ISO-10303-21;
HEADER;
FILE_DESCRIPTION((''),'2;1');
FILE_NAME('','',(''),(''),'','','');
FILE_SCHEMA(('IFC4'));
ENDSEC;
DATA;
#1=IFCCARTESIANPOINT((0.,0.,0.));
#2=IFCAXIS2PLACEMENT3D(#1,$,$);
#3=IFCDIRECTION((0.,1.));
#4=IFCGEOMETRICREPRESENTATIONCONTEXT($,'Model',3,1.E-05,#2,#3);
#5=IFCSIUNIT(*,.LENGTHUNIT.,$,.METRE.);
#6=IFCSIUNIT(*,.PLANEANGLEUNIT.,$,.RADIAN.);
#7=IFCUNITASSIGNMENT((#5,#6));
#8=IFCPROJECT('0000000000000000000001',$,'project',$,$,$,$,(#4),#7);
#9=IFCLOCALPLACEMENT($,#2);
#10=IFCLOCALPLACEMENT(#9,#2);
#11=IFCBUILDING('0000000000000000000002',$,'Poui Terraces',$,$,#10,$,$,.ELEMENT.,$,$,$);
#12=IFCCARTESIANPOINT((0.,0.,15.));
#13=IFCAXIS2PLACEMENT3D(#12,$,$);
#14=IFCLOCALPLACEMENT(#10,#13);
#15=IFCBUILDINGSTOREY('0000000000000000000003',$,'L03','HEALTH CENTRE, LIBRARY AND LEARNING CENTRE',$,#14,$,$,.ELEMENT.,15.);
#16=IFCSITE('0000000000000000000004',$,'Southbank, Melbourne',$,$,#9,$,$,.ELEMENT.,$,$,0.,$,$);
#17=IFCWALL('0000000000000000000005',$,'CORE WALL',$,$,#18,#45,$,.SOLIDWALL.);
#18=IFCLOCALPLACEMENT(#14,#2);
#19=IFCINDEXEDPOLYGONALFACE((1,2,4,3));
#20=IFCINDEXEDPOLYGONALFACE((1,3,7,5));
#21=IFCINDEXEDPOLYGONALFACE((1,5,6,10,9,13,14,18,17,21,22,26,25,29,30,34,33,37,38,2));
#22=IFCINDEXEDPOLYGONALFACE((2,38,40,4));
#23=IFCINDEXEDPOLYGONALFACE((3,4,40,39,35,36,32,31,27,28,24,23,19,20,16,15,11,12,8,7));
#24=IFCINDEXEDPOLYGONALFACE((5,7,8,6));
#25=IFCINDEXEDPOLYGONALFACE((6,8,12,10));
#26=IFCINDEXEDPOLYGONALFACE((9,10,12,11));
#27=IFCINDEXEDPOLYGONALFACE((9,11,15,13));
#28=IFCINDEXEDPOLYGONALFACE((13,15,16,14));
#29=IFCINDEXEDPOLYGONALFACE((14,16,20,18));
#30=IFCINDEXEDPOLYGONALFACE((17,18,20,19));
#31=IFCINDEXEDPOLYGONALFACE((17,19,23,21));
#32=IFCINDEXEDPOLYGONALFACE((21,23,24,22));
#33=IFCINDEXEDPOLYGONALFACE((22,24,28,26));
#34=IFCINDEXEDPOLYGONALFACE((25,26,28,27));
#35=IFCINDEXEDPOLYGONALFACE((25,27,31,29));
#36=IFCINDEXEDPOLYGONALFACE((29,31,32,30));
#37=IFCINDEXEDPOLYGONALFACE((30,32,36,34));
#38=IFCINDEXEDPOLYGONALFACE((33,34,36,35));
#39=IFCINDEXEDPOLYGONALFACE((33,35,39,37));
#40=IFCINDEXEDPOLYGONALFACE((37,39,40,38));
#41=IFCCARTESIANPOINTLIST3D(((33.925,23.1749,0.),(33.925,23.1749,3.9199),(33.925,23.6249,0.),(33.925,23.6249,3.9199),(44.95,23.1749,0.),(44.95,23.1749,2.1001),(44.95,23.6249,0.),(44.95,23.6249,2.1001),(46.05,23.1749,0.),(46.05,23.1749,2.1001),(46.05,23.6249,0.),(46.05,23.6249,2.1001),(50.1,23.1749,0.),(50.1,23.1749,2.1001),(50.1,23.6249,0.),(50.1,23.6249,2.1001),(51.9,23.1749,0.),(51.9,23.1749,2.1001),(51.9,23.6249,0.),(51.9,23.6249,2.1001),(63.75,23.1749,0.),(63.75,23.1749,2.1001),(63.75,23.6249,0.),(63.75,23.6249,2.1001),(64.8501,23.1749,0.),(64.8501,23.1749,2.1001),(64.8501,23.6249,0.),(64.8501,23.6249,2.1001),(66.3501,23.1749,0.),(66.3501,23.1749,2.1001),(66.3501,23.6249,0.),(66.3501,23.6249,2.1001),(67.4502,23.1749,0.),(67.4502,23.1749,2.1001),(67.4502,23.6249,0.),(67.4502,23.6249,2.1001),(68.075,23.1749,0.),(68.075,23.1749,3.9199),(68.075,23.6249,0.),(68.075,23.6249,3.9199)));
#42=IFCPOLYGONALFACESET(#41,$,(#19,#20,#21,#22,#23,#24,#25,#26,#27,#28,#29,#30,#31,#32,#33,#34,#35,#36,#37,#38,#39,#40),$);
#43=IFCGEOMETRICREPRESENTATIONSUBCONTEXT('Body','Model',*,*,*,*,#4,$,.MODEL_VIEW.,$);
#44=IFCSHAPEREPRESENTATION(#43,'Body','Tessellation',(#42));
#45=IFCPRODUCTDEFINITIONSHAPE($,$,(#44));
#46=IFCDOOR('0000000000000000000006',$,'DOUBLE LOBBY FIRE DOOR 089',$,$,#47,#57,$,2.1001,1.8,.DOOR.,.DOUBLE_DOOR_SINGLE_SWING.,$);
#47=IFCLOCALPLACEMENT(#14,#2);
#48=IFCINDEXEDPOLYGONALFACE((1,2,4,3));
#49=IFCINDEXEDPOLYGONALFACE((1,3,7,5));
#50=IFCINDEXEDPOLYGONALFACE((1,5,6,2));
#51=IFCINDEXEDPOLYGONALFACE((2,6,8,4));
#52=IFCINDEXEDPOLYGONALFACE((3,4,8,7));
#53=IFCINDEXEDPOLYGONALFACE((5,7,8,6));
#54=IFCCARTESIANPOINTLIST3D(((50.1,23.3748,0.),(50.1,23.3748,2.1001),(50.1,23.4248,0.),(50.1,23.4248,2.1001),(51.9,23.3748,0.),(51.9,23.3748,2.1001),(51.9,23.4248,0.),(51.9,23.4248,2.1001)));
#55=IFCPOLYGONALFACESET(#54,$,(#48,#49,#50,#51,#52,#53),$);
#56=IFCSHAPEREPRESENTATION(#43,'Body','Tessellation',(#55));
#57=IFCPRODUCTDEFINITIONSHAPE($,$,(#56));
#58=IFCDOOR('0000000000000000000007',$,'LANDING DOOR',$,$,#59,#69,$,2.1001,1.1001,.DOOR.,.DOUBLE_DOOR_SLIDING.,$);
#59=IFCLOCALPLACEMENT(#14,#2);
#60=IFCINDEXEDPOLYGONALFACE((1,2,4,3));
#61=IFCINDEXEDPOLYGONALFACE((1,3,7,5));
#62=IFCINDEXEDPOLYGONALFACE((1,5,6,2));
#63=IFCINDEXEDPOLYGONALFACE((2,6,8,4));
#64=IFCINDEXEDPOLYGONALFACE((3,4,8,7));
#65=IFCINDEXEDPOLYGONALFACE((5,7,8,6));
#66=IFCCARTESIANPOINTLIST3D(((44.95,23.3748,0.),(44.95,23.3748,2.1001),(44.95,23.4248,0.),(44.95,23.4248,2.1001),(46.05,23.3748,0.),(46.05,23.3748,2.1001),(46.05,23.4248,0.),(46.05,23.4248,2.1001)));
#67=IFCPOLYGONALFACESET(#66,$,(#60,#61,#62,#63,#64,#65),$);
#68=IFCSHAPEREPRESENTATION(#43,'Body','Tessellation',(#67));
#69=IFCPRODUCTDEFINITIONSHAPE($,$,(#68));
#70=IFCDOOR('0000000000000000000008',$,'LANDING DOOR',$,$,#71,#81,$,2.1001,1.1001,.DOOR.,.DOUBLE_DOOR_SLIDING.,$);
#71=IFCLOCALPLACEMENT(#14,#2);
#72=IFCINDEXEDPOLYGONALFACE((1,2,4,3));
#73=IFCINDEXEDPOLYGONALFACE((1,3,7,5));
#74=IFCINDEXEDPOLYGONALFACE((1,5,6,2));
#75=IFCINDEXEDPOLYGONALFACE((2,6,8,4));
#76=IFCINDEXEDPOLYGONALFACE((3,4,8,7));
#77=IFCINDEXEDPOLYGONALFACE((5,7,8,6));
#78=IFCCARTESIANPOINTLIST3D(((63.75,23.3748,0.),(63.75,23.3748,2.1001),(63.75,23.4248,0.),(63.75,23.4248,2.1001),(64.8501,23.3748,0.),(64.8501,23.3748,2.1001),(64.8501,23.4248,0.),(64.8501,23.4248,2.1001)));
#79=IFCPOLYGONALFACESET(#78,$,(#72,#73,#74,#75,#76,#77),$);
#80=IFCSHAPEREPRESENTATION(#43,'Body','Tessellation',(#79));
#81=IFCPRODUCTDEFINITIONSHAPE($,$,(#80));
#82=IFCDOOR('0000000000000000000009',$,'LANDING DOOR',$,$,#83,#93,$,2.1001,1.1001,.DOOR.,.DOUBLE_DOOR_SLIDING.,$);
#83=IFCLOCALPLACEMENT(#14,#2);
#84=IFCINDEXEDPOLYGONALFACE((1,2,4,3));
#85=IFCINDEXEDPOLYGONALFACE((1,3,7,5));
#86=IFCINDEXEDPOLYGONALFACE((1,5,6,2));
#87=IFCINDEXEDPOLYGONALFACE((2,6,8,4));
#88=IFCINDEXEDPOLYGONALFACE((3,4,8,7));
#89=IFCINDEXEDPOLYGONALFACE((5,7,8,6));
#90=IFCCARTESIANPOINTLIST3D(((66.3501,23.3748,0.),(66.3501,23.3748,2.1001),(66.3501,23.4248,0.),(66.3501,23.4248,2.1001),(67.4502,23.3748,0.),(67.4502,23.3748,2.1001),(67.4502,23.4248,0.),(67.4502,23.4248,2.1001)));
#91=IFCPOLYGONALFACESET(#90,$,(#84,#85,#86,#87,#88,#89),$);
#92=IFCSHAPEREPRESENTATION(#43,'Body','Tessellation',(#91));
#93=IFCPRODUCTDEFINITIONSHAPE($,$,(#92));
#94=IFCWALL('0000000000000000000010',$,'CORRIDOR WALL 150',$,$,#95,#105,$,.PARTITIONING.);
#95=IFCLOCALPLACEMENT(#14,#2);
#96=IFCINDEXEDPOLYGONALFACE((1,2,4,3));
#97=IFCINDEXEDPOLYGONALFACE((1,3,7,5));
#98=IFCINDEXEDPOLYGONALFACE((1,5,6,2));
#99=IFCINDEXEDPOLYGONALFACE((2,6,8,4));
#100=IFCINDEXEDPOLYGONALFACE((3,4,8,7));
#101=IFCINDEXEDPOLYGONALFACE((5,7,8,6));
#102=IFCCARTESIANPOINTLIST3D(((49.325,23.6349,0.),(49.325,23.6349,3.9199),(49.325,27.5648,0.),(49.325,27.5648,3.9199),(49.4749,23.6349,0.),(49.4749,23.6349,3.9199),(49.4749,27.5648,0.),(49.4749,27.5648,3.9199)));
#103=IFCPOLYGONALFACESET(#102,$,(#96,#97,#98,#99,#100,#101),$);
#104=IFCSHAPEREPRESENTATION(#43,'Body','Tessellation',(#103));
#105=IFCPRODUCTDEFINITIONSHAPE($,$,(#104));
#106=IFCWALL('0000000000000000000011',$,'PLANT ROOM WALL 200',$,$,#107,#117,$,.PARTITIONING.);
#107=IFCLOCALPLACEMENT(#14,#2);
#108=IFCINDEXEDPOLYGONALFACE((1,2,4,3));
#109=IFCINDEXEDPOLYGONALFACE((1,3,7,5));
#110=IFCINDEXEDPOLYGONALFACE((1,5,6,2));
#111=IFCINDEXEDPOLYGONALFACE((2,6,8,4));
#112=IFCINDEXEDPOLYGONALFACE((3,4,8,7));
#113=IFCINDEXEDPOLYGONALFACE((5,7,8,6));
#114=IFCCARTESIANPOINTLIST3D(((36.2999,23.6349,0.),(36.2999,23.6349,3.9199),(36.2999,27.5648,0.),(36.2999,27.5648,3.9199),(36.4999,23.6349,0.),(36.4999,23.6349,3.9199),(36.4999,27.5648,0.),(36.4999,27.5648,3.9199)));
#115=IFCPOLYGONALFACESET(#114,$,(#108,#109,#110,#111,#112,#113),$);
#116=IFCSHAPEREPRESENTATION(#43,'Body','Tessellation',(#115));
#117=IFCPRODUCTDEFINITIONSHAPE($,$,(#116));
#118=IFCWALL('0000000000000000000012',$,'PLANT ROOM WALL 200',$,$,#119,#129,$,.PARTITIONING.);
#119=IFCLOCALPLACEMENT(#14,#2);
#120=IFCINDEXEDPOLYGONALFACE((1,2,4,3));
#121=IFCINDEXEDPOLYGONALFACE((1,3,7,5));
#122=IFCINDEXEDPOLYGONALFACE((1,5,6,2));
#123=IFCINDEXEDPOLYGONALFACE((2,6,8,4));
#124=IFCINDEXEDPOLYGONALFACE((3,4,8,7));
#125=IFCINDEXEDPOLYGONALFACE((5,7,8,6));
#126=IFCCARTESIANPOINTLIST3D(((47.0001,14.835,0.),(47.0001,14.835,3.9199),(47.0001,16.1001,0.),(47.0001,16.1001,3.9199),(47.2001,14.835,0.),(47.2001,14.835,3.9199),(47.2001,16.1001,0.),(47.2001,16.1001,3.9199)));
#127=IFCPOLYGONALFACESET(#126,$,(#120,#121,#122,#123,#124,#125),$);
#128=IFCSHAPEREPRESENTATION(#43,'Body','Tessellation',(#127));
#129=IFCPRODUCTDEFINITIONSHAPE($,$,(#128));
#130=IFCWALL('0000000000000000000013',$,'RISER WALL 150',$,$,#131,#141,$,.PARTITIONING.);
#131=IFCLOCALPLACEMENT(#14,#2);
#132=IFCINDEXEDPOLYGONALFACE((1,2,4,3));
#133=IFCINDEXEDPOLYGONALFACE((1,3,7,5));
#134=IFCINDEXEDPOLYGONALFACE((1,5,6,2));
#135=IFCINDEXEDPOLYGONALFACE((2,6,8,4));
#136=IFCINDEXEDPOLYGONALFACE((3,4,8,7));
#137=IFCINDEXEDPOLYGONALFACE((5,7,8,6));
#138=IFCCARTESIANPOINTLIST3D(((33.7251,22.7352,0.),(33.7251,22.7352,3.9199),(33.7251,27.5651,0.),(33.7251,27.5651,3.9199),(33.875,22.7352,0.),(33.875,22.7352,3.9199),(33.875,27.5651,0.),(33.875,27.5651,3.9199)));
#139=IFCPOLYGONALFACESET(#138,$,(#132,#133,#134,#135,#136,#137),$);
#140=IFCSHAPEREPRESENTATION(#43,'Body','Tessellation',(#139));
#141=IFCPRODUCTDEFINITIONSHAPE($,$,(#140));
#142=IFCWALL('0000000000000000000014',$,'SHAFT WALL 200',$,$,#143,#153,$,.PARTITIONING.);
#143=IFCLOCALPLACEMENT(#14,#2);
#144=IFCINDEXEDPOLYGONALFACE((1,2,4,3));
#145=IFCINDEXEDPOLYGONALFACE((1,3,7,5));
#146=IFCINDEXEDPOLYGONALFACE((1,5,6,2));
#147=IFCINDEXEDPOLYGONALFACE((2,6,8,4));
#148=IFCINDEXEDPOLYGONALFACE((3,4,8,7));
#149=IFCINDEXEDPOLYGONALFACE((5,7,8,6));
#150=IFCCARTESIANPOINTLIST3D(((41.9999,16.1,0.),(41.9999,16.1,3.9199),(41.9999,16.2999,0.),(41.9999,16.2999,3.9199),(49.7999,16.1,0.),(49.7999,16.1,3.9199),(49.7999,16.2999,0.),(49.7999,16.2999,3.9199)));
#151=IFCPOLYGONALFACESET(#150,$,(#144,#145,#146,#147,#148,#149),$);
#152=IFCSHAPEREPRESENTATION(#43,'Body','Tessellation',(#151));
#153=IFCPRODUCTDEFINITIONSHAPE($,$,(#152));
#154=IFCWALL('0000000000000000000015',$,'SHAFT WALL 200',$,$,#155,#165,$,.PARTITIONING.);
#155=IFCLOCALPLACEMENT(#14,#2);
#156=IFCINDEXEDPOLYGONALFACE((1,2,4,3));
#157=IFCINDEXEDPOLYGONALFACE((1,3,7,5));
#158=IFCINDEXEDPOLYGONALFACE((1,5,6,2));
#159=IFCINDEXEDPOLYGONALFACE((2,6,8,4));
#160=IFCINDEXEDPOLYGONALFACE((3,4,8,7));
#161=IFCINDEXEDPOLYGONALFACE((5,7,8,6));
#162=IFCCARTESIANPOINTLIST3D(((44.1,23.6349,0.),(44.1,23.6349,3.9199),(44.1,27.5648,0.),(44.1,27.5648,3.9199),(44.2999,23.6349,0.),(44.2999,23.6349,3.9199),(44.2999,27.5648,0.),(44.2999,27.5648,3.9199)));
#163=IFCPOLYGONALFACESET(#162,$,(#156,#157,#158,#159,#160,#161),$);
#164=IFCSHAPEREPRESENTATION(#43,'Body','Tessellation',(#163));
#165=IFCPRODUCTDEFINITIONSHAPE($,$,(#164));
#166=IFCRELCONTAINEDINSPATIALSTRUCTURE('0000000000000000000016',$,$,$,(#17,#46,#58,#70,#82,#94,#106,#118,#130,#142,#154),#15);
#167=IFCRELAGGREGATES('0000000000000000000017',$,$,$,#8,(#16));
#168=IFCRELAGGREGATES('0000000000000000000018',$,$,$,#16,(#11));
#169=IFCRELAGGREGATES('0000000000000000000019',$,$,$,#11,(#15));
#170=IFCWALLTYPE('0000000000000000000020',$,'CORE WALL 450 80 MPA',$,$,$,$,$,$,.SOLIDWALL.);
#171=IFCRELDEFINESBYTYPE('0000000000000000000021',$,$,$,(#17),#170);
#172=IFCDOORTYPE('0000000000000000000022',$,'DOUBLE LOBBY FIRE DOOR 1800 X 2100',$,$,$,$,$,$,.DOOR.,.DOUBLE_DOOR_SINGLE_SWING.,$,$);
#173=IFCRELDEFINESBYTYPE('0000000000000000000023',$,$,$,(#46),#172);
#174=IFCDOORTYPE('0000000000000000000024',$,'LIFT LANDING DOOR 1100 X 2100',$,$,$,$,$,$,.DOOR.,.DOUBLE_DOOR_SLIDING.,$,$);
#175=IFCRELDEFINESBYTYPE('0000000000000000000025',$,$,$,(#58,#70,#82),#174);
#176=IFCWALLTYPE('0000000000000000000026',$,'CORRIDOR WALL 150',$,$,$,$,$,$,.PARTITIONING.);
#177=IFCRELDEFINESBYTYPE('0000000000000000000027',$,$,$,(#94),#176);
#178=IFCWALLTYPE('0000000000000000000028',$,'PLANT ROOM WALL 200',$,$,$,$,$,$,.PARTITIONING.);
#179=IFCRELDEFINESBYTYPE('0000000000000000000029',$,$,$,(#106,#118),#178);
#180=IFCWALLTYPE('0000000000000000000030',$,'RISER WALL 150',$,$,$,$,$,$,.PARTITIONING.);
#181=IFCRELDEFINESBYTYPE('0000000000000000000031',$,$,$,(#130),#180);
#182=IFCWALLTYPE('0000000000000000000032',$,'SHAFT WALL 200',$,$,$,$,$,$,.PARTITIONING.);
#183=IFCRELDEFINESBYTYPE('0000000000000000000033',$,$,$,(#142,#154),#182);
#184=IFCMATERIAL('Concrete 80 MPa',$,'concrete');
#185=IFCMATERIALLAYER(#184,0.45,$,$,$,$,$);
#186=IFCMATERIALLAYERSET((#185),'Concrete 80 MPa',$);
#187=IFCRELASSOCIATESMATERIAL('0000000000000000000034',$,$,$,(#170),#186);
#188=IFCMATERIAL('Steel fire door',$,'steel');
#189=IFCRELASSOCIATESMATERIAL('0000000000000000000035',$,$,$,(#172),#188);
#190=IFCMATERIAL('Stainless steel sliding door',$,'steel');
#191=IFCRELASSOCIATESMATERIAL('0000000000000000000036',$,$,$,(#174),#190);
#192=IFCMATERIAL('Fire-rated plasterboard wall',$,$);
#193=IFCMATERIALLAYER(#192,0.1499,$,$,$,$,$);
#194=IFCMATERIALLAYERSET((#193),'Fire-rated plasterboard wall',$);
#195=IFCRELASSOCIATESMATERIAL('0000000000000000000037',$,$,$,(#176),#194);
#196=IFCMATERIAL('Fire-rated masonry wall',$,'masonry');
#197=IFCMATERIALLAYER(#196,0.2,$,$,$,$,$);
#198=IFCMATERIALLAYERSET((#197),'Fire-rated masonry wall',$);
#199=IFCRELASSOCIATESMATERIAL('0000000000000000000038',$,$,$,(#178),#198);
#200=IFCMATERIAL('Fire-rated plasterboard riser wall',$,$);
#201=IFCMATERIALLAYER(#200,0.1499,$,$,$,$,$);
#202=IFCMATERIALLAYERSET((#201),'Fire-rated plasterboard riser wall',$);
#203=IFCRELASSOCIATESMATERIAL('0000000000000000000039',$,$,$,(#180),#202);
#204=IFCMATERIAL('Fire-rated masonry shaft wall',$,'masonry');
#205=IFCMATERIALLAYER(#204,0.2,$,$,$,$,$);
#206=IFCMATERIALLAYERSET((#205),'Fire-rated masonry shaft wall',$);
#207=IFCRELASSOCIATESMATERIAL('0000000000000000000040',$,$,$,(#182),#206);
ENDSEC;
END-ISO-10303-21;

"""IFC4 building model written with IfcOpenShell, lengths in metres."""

from ifc_helpers import new_model, si_unit, direction, frame, frame_2d, origin, place, context, subcontext, project, spatial, rectangle, extrude, material, layer, layer_set, type_object, element, fill, save


model = new_model("IFC4")

# Units and contexts
model_context = context("Model", 3, precision=1e-05, world=origin(), true_north=direction((0.0, 1.0)))
body_context = subcontext(model_context, "Body", "Model", "MODEL_VIEW")
ifc_project = project(units=[si_unit("LENGTHUNIT", "METRE"), si_unit("PLANEANGLEUNIT", "RADIAN")], contexts=[model_context])

# Site, building, storey
site_placement = place(None, origin())
site = spatial("IfcSite", under=ifc_project, at=site_placement, Name="Southbank, Melbourne", CompositionType="ELEMENT", RefElevation=0.0)
building_placement = place(site_placement, origin())
building = spatial("IfcBuilding", under=site, at=building_placement, Name="Poui Terraces", CompositionType="ELEMENT")
storey_placement = place(building_placement, frame((0.0, 0.0, 15.0)))
storey = spatial("IfcBuildingStorey", under=building, at=storey_placement, Name="L03", Description="HEALTH CENTRE, LIBRARY AND LEARNING CENTRE", CompositionType="ELEMENT", Elevation=15.0)

# Wall, openings, doors
ifc_material_1 = material(Name="Concrete 80 MPa", Category="concrete")
ifc_layer_1 = layer(ifc_material_1, 0.45)
ifc_layer_set_1 = layer_set([ifc_layer_1], Name="Concrete 80 MPa")
wall_type_1 = type_object("IfcWallType", Name="CORE WALL 450 80 MPA", PredefinedType="SOLIDWALL", material=ifc_layer_set_1)
ifc_material_2 = material(Name="Steel fire door", Category="steel")
door_type_1 = type_object("IfcDoorType", Name="DOUBLE LOBBY FIRE DOOR 1800 X 2100", OperationType="DOUBLE_DOOR_SINGLE_SWING", PredefinedType="DOOR", material=ifc_material_2)
ifc_material_3 = material(Name="Stainless steel sliding door", Category="steel")
door_type_2 = type_object("IfcDoorType", Name="LIFT LANDING DOOR 1100 X 2100", OperationType="DOUBLE_DOOR_SLIDING", PredefinedType="DOOR", material=ifc_material_3)
wall_1_placement = place(storey_placement, frame((33.925, 23.3999, 0.0), z_axis=(0.0, 0.0, 1.0), x_axis=(1.0, 0.0, 0.0)))
wall_1 = element("IfcWall", 1, at=wall_1_placement, inside=storey, type_object=wall_type_1, Name="CORE WALL", PredefinedType="SOLIDWALL", context=body_context, shape_type="SweptSolid", body=[
    extrude(rectangle(XDim=34.1499, YDim=0.45, at=frame_2d((17.075, 0.0))), origin(), (0.0, 0.0, 1.0), 3.9199),
])
opening_1_placement = place(wall_1_placement, frame((16.175, 0.0, 0.0)))
opening_1 = element("IfcOpeningElement", 2, at=opening_1_placement, cuts=wall_1, PredefinedType="OPENING", context=body_context, shape_type="SweptSolid", body=[
    extrude(rectangle(XDim=1.8, YDim=2.1001, at=frame_2d((0.8999, 1.05))), frame((0.0, 0.2349, 0.0), z_axis=(0.0, -1.0, 0.0), x_axis=(1.0, 0.0, 0.0)), (0.0, 0.0, 1.0), 0.47),
])
opening_2_placement = place(wall_1_placement, frame((11.0249, 0.0, 0.0)))
opening_2 = element("IfcOpeningElement", 3, at=opening_2_placement, cuts=wall_1, PredefinedType="OPENING", context=body_context, shape_type="SweptSolid", body=[
    extrude(rectangle(XDim=1.1001, YDim=2.1001, at=frame_2d((0.55, 1.05))), frame((0.0, 0.2349, 0.0), z_axis=(0.0, -1.0, 0.0), x_axis=(1.0, 0.0, 0.0)), (0.0, 0.0, 1.0), 0.47),
])
opening_3_placement = place(wall_1_placement, frame((29.825, 0.0, 0.0)))
opening_3 = element("IfcOpeningElement", 4, at=opening_3_placement, cuts=wall_1, PredefinedType="OPENING", context=body_context, shape_type="SweptSolid", body=[
    extrude(rectangle(XDim=1.1001, YDim=2.1001, at=frame_2d((0.55, 1.05))), frame((0.0, 0.2349, 0.0), z_axis=(0.0, -1.0, 0.0), x_axis=(1.0, 0.0, 0.0)), (0.0, 0.0, 1.0), 0.47),
])
opening_4_placement = place(wall_1_placement, frame((32.425, 0.0, 0.0)))
opening_4 = element("IfcOpeningElement", 5, at=opening_4_placement, cuts=wall_1, PredefinedType="OPENING", context=body_context, shape_type="SweptSolid", body=[
    extrude(rectangle(XDim=1.1001, YDim=2.1001, at=frame_2d((0.55, 1.05))), frame((0.0, 0.2349, 0.0), z_axis=(0.0, -1.0, 0.0), x_axis=(1.0, 0.0, 0.0)), (0.0, 0.0, 1.0), 0.47),
])
door_1_placement = place(opening_1_placement, origin())
door_1 = element("IfcDoor", 6, at=door_1_placement, inside=storey, type_object=door_type_1, Name="DOUBLE LOBBY FIRE DOOR 089", OperationType="DOUBLE_DOOR_SINGLE_SWING", OverallHeight=2.1001, OverallWidth=1.8, PredefinedType="DOOR", context=body_context, shape_type="SweptSolid", body=[
    extrude(rectangle(XDim=1.8, YDim=2.1001, at=frame_2d((0.8999, 1.05))), frame((0.0, 0.0249, 0.0), z_axis=(0.0, -1.0, 0.0), x_axis=(1.0, 0.0, 0.0)), (0.0, 0.0, 1.0), 0.05),
])
fill(opening_1, door_1)
door_2_placement = place(opening_2_placement, origin())
door_2 = element("IfcDoor", 7, at=door_2_placement, inside=storey, type_object=door_type_2, Name="LANDING DOOR", OperationType="DOUBLE_DOOR_SLIDING", OverallHeight=2.1001, OverallWidth=1.1001, PredefinedType="DOOR", context=body_context, shape_type="SweptSolid", body=[
    extrude(rectangle(XDim=1.1001, YDim=2.1001, at=frame_2d((0.55, 1.05))), frame((0.0, 0.0249, 0.0), z_axis=(0.0, -1.0, 0.0), x_axis=(1.0, 0.0, 0.0)), (0.0, 0.0, 1.0), 0.05),
])
fill(opening_2, door_2)
door_3_placement = place(opening_3_placement, origin())
door_3 = element("IfcDoor", 8, at=door_3_placement, inside=storey, type_object=door_type_2, Name="LANDING DOOR", OperationType="DOUBLE_DOOR_SLIDING", OverallHeight=2.1001, OverallWidth=1.1001, PredefinedType="DOOR", context=body_context, shape_type="SweptSolid", body=[
    extrude(rectangle(XDim=1.1001, YDim=2.1001, at=frame_2d((0.55, 1.05))), frame((0.0, 0.0249, 0.0), z_axis=(0.0, -1.0, 0.0), x_axis=(1.0, 0.0, 0.0)), (0.0, 0.0, 1.0), 0.05),
])
fill(opening_3, door_3)
door_4_placement = place(opening_4_placement, origin())
door_4 = element("IfcDoor", 9, at=door_4_placement, inside=storey, type_object=door_type_2, Name="LANDING DOOR", OperationType="DOUBLE_DOOR_SLIDING", OverallHeight=2.1001, OverallWidth=1.1001, PredefinedType="DOOR", context=body_context, shape_type="SweptSolid", body=[
    extrude(rectangle(XDim=1.1001, YDim=2.1001, at=frame_2d((0.55, 1.05))), frame((0.0, 0.0249, 0.0), z_axis=(0.0, -1.0, 0.0), x_axis=(1.0, 0.0, 0.0)), (0.0, 0.0, 1.0), 0.05),
])
fill(opening_4, door_4)

# Walls
ifc_material_4 = material(Name="Fire-rated plasterboard wall")
ifc_layer_2 = layer(ifc_material_4, 0.1499)
ifc_layer_set_2 = layer_set([ifc_layer_2], Name="Fire-rated plasterboard wall")
wall_type_2 = type_object("IfcWallType", Name="CORRIDOR WALL 150", PredefinedType="PARTITIONING", material=ifc_layer_set_2)
wall_2_placement = place(storey_placement, frame((49.3999, 23.635, 0.0), z_axis=(0.0, 0.0, 1.0), x_axis=(0.0, 1.0, 0.0)))
element("IfcWall", 10, at=wall_2_placement, inside=storey, type_object=wall_type_2, Name="CORRIDOR WALL 150", PredefinedType="PARTITIONING", context=body_context, shape_type="SweptSolid", body=[
    extrude(rectangle(XDim=3.9299, YDim=0.1499, at=frame_2d((1.9648, 0.0))), origin(), (0.0, 0.0, 1.0), 3.9199),
])
ifc_material_5 = material(Name="Fire-rated masonry wall", Category="masonry")
ifc_layer_3 = layer(ifc_material_5, 0.2)
ifc_layer_set_3 = layer_set([ifc_layer_3], Name="Fire-rated masonry wall")
wall_type_3 = type_object("IfcWallType", Name="PLANT ROOM WALL 200", PredefinedType="PARTITIONING", material=ifc_layer_set_3)
wall_3_placement = place(storey_placement, frame((36.3999, 23.635, 0.0), z_axis=(0.0, 0.0, 1.0), x_axis=(0.0, 1.0, 0.0)))
element("IfcWall", 11, at=wall_3_placement, inside=storey, type_object=wall_type_3, Name="PLANT ROOM WALL 200", PredefinedType="PARTITIONING", context=body_context, shape_type="SweptSolid", body=[
    extrude(rectangle(XDim=3.9299, YDim=0.2, at=frame_2d((1.9648, 0.0))), origin(), (0.0, 0.0, 1.0), 3.9199),
])
wall_4_placement = place(storey_placement, frame((47.1001, 14.835, 0.0), z_axis=(0.0, 0.0, 1.0), x_axis=(0.0, 1.0, 0.0)))
element("IfcWall", 12, at=wall_4_placement, inside=storey, type_object=wall_type_3, Name="PLANT ROOM WALL 200", PredefinedType="PARTITIONING", context=body_context, shape_type="SweptSolid", body=[
    extrude(rectangle(XDim=1.2651, YDim=0.2, at=frame_2d((0.6326, 0.0))), origin(), (0.0, 0.0, 1.0), 3.9199),
])
ifc_material_6 = material(Name="Fire-rated plasterboard riser wall")
ifc_layer_4 = layer(ifc_material_6, 0.1499)
ifc_layer_set_4 = layer_set([ifc_layer_4], Name="Fire-rated plasterboard riser wall")
wall_type_4 = type_object("IfcWallType", Name="RISER WALL 150", PredefinedType="PARTITIONING", material=ifc_layer_set_4)
wall_5_placement = place(storey_placement, frame((33.8, 22.7351, 0.0), z_axis=(0.0, 0.0, 1.0), x_axis=(0.0, 1.0, 0.0)))
element("IfcWall", 13, at=wall_5_placement, inside=storey, type_object=wall_type_4, Name="RISER WALL 150", PredefinedType="PARTITIONING", context=body_context, shape_type="SweptSolid", body=[
    extrude(rectangle(XDim=4.8298, YDim=0.1499, at=frame_2d((2.415, 0.0))), origin(), (0.0, 0.0, 1.0), 3.9199),
])
ifc_material_7 = material(Name="Fire-rated masonry shaft wall", Category="masonry")
ifc_layer_5 = layer(ifc_material_7, 0.2)
ifc_layer_set_5 = layer_set([ifc_layer_5], Name="Fire-rated masonry shaft wall")
wall_type_5 = type_object("IfcWallType", Name="SHAFT WALL 200", PredefinedType="PARTITIONING", material=ifc_layer_set_5)
wall_6_placement = place(storey_placement, frame((42.0, 16.2, 0.0), z_axis=(0.0, 0.0, 1.0), x_axis=(1.0, 0.0, 0.0)))
element("IfcWall", 14, at=wall_6_placement, inside=storey, type_object=wall_type_5, Name="SHAFT WALL 200", PredefinedType="PARTITIONING", context=body_context, shape_type="SweptSolid", body=[
    extrude(rectangle(XDim=7.8, YDim=0.2, at=frame_2d((3.8999, 0.0))), origin(), (0.0, 0.0, 1.0), 3.9199),
])
for number, where, z_axis, x_axis, name in (
    (15, (44.2, 23.635, 0.0), (0.0, 0.0, 1.0), (0.0, 1.0, 0.0), "SHAFT WALL 200"),
):
    element("IfcWall", number, at=place(storey_placement, frame(where, z_axis=z_axis, x_axis=x_axis)), inside=storey, type_object=wall_type_5, Name=name, PredefinedType="PARTITIONING", context=body_context, shape_type="SweptSolid", body=[
        extrude(rectangle(XDim=3.9299, YDim=0.2, at=frame_2d((1.9648, 0.0))), origin(), (0.0, 0.0, 1.0), 3.9199),
    ])

save(model, "model.ifc")
